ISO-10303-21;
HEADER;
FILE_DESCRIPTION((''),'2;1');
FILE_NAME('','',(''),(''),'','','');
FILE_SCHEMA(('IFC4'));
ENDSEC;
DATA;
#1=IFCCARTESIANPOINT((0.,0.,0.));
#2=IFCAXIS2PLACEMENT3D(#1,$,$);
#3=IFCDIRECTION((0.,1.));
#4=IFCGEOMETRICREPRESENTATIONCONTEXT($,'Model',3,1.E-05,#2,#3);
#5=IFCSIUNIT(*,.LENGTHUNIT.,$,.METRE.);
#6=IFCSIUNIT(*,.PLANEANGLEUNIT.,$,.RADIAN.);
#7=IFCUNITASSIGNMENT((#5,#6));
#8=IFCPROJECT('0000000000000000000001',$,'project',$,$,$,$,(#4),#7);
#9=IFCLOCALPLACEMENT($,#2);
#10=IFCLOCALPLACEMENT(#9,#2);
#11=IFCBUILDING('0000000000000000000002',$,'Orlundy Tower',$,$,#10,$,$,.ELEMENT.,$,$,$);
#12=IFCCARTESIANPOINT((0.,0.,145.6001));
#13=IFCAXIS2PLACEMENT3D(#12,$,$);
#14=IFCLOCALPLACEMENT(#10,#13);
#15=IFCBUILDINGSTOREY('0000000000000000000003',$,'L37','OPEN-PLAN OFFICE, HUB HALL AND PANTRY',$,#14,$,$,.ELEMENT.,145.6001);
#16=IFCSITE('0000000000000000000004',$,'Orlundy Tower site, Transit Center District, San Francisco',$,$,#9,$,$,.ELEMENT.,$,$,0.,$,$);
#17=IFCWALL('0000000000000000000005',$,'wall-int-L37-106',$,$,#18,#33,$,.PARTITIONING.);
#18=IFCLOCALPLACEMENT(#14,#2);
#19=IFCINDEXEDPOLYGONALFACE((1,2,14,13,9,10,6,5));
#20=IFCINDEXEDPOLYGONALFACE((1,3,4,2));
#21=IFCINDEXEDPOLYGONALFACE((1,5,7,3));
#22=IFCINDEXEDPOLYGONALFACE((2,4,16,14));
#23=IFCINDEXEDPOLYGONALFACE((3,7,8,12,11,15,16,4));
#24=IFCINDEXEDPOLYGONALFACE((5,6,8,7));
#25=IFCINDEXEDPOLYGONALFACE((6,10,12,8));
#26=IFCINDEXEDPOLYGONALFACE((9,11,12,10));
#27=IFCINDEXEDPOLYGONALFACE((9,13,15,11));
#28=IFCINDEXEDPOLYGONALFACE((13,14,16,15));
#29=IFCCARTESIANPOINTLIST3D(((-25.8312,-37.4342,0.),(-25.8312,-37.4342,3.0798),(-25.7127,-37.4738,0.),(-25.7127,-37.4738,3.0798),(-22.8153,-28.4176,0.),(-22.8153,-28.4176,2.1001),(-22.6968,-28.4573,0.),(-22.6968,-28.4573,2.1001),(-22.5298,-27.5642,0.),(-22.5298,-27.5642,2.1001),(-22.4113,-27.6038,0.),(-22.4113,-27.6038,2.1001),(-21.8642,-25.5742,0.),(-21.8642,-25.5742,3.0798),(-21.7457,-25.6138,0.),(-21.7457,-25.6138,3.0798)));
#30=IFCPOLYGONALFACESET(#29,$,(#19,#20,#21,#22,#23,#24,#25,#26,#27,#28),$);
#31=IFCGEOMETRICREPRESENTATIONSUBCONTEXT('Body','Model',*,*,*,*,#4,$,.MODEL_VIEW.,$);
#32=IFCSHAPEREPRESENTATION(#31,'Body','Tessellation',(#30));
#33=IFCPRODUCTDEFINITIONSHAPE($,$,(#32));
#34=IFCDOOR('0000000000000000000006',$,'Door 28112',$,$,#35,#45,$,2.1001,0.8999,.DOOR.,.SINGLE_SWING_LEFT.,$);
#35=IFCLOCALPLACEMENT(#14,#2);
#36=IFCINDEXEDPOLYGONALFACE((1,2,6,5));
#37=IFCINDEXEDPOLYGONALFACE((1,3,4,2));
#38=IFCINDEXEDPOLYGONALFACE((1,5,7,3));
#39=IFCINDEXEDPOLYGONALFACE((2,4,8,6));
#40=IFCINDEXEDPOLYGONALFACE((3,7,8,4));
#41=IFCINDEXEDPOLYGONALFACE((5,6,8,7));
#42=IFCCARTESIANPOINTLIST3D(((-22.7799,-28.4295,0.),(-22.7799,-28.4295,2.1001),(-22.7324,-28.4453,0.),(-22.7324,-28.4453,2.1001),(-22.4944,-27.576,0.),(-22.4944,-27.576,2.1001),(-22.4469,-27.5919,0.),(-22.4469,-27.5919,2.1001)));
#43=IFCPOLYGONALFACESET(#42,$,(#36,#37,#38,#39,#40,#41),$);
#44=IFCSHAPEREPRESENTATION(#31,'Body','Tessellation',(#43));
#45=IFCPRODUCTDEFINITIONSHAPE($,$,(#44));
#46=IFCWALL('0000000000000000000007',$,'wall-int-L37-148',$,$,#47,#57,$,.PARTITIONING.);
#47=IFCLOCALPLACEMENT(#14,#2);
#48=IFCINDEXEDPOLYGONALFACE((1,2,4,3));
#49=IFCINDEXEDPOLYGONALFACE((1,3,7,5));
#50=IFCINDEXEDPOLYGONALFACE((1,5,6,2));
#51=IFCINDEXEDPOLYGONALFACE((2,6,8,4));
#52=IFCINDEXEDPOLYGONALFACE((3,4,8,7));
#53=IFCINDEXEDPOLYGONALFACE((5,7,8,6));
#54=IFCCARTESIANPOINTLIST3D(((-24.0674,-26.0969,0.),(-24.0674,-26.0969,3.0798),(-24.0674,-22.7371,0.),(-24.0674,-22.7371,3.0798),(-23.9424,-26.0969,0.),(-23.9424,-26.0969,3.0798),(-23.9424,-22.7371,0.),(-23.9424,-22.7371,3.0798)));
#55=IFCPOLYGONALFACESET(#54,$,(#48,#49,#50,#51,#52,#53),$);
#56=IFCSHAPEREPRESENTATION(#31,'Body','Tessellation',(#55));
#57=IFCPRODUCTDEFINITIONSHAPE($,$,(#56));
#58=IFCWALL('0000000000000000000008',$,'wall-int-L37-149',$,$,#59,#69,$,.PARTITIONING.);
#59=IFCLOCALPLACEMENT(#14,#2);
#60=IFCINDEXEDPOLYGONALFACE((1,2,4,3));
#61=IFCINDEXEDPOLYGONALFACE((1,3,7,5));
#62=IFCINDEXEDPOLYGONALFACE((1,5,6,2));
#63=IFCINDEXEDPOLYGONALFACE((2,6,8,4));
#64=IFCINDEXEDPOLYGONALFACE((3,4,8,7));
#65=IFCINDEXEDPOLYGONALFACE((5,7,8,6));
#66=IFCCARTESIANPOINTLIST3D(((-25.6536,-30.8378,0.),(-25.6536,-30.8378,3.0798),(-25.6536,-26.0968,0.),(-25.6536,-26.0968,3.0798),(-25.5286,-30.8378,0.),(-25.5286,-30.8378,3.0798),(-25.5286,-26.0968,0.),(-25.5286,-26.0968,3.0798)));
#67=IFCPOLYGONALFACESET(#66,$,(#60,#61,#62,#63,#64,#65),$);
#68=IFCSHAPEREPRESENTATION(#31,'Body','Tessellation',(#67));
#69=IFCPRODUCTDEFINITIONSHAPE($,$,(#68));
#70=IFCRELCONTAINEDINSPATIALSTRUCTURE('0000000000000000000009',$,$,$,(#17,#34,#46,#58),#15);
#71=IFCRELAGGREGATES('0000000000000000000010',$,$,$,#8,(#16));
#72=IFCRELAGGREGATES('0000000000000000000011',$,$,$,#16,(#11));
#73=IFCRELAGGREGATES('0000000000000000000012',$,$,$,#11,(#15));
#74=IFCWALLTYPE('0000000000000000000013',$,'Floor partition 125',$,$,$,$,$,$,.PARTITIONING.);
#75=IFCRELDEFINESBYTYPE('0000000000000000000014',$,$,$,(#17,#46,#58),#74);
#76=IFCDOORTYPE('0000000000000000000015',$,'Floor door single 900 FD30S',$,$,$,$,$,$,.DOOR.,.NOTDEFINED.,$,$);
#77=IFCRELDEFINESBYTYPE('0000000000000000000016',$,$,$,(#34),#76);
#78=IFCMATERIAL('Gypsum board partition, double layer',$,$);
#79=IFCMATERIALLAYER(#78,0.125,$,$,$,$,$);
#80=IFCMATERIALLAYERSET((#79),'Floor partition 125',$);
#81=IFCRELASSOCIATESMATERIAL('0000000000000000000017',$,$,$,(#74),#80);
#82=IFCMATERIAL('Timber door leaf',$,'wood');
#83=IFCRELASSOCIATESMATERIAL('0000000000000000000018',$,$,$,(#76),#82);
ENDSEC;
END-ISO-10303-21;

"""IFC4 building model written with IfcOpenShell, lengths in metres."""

from ifc_helpers import new_model, si_unit, direction, frame, frame_2d, origin, place, context, subcontext, project, spatial, rectangle, extrude, material, layer, layer_set, type_object, element, fill, save


model = new_model("IFC4")

# Units and contexts
model_context = context("Model", 3, precision=1e-05, world=origin(), true_north=direction((0.0, 1.0)))
body_context = subcontext(model_context, "Body", "Model", "MODEL_VIEW")
ifc_project = project(units=[si_unit("LENGTHUNIT", "METRE"), si_unit("PLANEANGLEUNIT", "RADIAN")], contexts=[model_context])

# Site, building, storey
site_placement = place(None, origin())
site = spatial("IfcSite", under=ifc_project, at=site_placement, Name="Orlundy Tower site, Transit Center District, San Francisco", CompositionType="ELEMENT", RefElevation=0.0)
building_placement = place(site_placement, origin())
building = spatial("IfcBuilding", under=site, at=building_placement, Name="Orlundy Tower", CompositionType="ELEMENT")
storey_placement = place(building_placement, frame((0.0, 0.0, 145.6001)))
storey = spatial("IfcBuildingStorey", under=building, at=storey_placement, Name="L37", Description="OPEN-PLAN OFFICE, HUB HALL AND PANTRY", CompositionType="ELEMENT", Elevation=145.6001)

# Shared definitions
ifc_material_1 = material(Name="Gypsum board partition, double layer")
ifc_layer_1 = layer(ifc_material_1, 0.125)
ifc_layer_set_1 = layer_set([ifc_layer_1], Name="Floor partition 125")
wall_type_1 = type_object("IfcWallType", Name="Floor partition 125", PredefinedType="PARTITIONING", material=ifc_layer_set_1)

# Wall, opening, door
wall_1_placement = place(storey_placement, frame((-21.8049, -25.594, 0.0), z_axis=(0.0, 0.0, 1.0), x_axis=(-0.317212, -0.948355, 0.0)))
wall_1 = element("IfcWall", 1, at=wall_1_placement, inside=storey, type_object=wall_type_1, Name="wall-int-L37-106", PredefinedType="PARTITIONING", context=body_context, shape_type="SweptSolid", body=[
    extrude(rectangle(XDim=12.5059, YDim=0.125, at=frame_2d((6.2529, 0.0))), origin(), (0.0, 0.0, 1.0), 3.0798),
])
opening_1_placement = place(wall_1_placement, frame((2.0984, 0.0, 0.0)))
opening_1 = element("IfcOpeningElement", 2, at=opening_1_placement, cuts=wall_1, PredefinedType="OPENING", context=body_context, shape_type="SweptSolid", body=[
    extrude(rectangle(XDim=0.8999, YDim=2.1001, at=frame_2d((0.45, 1.05))), frame((0.0, 0.0725, 0.0), z_axis=(0.0, -1.0, 0.0), x_axis=(1.0, 0.0, 0.0)), (0.0, 0.0, 1.0), 0.145),
])
ifc_material_2 = material(Name="Timber door leaf", Category="wood")
door_type_1 = type_object("IfcDoorType", Name="Floor door single 900 FD30S", OperationType="NOTDEFINED", PredefinedType="DOOR", material=ifc_material_2)
door_1_placement = place(opening_1_placement, origin())
door_1 = element("IfcDoor", 3, at=door_1_placement, inside=storey, type_object=door_type_1, Name="Door 28112", OperationType="SINGLE_SWING_LEFT", OverallHeight=2.1001, OverallWidth=0.8999, PredefinedType="DOOR", context=body_context, shape_type="SweptSolid", body=[
    extrude(rectangle(XDim=0.8999, YDim=2.1001, at=frame_2d((0.45, 1.05))), frame((0.0, 0.0249, 0.0), z_axis=(0.0, -1.0, 0.0), x_axis=(1.0, 0.0, 0.0)), (0.0, 0.0, 1.0), 0.05),
])
fill(opening_1, door_1)

# Walls
wall_2_placement = place(storey_placement, frame((-24.0049, -26.0969, 0.0), z_axis=(0.0, 0.0, 1.0), x_axis=(0.0, 1.0, 0.0)))
element("IfcWall", 4, at=wall_2_placement, inside=storey, type_object=wall_type_1, Name="wall-int-L37-148", PredefinedType="PARTITIONING", context=body_context, shape_type="SweptSolid", body=[
    extrude(rectangle(XDim=3.3599, YDim=0.125, at=frame_2d((1.6799, 0.0))), origin(), (0.0, 0.0, 1.0), 3.0798),
])
wall_3_placement = place(storey_placement, frame((-25.5911, -30.8379, 0.0), z_axis=(0.0, 0.0, 1.0), x_axis=(0.0, 1.0, 0.0)))
element("IfcWall", 5, at=wall_3_placement, inside=storey, type_object=wall_type_1, Name="wall-int-L37-149", PredefinedType="PARTITIONING", context=body_context, shape_type="SweptSolid", body=[
    extrude(rectangle(XDim=4.741, YDim=0.125, at=frame_2d((2.3706, 0.0))), origin(), (0.0, 0.0, 1.0), 3.0798),
])

save(model, "model.ifc")
